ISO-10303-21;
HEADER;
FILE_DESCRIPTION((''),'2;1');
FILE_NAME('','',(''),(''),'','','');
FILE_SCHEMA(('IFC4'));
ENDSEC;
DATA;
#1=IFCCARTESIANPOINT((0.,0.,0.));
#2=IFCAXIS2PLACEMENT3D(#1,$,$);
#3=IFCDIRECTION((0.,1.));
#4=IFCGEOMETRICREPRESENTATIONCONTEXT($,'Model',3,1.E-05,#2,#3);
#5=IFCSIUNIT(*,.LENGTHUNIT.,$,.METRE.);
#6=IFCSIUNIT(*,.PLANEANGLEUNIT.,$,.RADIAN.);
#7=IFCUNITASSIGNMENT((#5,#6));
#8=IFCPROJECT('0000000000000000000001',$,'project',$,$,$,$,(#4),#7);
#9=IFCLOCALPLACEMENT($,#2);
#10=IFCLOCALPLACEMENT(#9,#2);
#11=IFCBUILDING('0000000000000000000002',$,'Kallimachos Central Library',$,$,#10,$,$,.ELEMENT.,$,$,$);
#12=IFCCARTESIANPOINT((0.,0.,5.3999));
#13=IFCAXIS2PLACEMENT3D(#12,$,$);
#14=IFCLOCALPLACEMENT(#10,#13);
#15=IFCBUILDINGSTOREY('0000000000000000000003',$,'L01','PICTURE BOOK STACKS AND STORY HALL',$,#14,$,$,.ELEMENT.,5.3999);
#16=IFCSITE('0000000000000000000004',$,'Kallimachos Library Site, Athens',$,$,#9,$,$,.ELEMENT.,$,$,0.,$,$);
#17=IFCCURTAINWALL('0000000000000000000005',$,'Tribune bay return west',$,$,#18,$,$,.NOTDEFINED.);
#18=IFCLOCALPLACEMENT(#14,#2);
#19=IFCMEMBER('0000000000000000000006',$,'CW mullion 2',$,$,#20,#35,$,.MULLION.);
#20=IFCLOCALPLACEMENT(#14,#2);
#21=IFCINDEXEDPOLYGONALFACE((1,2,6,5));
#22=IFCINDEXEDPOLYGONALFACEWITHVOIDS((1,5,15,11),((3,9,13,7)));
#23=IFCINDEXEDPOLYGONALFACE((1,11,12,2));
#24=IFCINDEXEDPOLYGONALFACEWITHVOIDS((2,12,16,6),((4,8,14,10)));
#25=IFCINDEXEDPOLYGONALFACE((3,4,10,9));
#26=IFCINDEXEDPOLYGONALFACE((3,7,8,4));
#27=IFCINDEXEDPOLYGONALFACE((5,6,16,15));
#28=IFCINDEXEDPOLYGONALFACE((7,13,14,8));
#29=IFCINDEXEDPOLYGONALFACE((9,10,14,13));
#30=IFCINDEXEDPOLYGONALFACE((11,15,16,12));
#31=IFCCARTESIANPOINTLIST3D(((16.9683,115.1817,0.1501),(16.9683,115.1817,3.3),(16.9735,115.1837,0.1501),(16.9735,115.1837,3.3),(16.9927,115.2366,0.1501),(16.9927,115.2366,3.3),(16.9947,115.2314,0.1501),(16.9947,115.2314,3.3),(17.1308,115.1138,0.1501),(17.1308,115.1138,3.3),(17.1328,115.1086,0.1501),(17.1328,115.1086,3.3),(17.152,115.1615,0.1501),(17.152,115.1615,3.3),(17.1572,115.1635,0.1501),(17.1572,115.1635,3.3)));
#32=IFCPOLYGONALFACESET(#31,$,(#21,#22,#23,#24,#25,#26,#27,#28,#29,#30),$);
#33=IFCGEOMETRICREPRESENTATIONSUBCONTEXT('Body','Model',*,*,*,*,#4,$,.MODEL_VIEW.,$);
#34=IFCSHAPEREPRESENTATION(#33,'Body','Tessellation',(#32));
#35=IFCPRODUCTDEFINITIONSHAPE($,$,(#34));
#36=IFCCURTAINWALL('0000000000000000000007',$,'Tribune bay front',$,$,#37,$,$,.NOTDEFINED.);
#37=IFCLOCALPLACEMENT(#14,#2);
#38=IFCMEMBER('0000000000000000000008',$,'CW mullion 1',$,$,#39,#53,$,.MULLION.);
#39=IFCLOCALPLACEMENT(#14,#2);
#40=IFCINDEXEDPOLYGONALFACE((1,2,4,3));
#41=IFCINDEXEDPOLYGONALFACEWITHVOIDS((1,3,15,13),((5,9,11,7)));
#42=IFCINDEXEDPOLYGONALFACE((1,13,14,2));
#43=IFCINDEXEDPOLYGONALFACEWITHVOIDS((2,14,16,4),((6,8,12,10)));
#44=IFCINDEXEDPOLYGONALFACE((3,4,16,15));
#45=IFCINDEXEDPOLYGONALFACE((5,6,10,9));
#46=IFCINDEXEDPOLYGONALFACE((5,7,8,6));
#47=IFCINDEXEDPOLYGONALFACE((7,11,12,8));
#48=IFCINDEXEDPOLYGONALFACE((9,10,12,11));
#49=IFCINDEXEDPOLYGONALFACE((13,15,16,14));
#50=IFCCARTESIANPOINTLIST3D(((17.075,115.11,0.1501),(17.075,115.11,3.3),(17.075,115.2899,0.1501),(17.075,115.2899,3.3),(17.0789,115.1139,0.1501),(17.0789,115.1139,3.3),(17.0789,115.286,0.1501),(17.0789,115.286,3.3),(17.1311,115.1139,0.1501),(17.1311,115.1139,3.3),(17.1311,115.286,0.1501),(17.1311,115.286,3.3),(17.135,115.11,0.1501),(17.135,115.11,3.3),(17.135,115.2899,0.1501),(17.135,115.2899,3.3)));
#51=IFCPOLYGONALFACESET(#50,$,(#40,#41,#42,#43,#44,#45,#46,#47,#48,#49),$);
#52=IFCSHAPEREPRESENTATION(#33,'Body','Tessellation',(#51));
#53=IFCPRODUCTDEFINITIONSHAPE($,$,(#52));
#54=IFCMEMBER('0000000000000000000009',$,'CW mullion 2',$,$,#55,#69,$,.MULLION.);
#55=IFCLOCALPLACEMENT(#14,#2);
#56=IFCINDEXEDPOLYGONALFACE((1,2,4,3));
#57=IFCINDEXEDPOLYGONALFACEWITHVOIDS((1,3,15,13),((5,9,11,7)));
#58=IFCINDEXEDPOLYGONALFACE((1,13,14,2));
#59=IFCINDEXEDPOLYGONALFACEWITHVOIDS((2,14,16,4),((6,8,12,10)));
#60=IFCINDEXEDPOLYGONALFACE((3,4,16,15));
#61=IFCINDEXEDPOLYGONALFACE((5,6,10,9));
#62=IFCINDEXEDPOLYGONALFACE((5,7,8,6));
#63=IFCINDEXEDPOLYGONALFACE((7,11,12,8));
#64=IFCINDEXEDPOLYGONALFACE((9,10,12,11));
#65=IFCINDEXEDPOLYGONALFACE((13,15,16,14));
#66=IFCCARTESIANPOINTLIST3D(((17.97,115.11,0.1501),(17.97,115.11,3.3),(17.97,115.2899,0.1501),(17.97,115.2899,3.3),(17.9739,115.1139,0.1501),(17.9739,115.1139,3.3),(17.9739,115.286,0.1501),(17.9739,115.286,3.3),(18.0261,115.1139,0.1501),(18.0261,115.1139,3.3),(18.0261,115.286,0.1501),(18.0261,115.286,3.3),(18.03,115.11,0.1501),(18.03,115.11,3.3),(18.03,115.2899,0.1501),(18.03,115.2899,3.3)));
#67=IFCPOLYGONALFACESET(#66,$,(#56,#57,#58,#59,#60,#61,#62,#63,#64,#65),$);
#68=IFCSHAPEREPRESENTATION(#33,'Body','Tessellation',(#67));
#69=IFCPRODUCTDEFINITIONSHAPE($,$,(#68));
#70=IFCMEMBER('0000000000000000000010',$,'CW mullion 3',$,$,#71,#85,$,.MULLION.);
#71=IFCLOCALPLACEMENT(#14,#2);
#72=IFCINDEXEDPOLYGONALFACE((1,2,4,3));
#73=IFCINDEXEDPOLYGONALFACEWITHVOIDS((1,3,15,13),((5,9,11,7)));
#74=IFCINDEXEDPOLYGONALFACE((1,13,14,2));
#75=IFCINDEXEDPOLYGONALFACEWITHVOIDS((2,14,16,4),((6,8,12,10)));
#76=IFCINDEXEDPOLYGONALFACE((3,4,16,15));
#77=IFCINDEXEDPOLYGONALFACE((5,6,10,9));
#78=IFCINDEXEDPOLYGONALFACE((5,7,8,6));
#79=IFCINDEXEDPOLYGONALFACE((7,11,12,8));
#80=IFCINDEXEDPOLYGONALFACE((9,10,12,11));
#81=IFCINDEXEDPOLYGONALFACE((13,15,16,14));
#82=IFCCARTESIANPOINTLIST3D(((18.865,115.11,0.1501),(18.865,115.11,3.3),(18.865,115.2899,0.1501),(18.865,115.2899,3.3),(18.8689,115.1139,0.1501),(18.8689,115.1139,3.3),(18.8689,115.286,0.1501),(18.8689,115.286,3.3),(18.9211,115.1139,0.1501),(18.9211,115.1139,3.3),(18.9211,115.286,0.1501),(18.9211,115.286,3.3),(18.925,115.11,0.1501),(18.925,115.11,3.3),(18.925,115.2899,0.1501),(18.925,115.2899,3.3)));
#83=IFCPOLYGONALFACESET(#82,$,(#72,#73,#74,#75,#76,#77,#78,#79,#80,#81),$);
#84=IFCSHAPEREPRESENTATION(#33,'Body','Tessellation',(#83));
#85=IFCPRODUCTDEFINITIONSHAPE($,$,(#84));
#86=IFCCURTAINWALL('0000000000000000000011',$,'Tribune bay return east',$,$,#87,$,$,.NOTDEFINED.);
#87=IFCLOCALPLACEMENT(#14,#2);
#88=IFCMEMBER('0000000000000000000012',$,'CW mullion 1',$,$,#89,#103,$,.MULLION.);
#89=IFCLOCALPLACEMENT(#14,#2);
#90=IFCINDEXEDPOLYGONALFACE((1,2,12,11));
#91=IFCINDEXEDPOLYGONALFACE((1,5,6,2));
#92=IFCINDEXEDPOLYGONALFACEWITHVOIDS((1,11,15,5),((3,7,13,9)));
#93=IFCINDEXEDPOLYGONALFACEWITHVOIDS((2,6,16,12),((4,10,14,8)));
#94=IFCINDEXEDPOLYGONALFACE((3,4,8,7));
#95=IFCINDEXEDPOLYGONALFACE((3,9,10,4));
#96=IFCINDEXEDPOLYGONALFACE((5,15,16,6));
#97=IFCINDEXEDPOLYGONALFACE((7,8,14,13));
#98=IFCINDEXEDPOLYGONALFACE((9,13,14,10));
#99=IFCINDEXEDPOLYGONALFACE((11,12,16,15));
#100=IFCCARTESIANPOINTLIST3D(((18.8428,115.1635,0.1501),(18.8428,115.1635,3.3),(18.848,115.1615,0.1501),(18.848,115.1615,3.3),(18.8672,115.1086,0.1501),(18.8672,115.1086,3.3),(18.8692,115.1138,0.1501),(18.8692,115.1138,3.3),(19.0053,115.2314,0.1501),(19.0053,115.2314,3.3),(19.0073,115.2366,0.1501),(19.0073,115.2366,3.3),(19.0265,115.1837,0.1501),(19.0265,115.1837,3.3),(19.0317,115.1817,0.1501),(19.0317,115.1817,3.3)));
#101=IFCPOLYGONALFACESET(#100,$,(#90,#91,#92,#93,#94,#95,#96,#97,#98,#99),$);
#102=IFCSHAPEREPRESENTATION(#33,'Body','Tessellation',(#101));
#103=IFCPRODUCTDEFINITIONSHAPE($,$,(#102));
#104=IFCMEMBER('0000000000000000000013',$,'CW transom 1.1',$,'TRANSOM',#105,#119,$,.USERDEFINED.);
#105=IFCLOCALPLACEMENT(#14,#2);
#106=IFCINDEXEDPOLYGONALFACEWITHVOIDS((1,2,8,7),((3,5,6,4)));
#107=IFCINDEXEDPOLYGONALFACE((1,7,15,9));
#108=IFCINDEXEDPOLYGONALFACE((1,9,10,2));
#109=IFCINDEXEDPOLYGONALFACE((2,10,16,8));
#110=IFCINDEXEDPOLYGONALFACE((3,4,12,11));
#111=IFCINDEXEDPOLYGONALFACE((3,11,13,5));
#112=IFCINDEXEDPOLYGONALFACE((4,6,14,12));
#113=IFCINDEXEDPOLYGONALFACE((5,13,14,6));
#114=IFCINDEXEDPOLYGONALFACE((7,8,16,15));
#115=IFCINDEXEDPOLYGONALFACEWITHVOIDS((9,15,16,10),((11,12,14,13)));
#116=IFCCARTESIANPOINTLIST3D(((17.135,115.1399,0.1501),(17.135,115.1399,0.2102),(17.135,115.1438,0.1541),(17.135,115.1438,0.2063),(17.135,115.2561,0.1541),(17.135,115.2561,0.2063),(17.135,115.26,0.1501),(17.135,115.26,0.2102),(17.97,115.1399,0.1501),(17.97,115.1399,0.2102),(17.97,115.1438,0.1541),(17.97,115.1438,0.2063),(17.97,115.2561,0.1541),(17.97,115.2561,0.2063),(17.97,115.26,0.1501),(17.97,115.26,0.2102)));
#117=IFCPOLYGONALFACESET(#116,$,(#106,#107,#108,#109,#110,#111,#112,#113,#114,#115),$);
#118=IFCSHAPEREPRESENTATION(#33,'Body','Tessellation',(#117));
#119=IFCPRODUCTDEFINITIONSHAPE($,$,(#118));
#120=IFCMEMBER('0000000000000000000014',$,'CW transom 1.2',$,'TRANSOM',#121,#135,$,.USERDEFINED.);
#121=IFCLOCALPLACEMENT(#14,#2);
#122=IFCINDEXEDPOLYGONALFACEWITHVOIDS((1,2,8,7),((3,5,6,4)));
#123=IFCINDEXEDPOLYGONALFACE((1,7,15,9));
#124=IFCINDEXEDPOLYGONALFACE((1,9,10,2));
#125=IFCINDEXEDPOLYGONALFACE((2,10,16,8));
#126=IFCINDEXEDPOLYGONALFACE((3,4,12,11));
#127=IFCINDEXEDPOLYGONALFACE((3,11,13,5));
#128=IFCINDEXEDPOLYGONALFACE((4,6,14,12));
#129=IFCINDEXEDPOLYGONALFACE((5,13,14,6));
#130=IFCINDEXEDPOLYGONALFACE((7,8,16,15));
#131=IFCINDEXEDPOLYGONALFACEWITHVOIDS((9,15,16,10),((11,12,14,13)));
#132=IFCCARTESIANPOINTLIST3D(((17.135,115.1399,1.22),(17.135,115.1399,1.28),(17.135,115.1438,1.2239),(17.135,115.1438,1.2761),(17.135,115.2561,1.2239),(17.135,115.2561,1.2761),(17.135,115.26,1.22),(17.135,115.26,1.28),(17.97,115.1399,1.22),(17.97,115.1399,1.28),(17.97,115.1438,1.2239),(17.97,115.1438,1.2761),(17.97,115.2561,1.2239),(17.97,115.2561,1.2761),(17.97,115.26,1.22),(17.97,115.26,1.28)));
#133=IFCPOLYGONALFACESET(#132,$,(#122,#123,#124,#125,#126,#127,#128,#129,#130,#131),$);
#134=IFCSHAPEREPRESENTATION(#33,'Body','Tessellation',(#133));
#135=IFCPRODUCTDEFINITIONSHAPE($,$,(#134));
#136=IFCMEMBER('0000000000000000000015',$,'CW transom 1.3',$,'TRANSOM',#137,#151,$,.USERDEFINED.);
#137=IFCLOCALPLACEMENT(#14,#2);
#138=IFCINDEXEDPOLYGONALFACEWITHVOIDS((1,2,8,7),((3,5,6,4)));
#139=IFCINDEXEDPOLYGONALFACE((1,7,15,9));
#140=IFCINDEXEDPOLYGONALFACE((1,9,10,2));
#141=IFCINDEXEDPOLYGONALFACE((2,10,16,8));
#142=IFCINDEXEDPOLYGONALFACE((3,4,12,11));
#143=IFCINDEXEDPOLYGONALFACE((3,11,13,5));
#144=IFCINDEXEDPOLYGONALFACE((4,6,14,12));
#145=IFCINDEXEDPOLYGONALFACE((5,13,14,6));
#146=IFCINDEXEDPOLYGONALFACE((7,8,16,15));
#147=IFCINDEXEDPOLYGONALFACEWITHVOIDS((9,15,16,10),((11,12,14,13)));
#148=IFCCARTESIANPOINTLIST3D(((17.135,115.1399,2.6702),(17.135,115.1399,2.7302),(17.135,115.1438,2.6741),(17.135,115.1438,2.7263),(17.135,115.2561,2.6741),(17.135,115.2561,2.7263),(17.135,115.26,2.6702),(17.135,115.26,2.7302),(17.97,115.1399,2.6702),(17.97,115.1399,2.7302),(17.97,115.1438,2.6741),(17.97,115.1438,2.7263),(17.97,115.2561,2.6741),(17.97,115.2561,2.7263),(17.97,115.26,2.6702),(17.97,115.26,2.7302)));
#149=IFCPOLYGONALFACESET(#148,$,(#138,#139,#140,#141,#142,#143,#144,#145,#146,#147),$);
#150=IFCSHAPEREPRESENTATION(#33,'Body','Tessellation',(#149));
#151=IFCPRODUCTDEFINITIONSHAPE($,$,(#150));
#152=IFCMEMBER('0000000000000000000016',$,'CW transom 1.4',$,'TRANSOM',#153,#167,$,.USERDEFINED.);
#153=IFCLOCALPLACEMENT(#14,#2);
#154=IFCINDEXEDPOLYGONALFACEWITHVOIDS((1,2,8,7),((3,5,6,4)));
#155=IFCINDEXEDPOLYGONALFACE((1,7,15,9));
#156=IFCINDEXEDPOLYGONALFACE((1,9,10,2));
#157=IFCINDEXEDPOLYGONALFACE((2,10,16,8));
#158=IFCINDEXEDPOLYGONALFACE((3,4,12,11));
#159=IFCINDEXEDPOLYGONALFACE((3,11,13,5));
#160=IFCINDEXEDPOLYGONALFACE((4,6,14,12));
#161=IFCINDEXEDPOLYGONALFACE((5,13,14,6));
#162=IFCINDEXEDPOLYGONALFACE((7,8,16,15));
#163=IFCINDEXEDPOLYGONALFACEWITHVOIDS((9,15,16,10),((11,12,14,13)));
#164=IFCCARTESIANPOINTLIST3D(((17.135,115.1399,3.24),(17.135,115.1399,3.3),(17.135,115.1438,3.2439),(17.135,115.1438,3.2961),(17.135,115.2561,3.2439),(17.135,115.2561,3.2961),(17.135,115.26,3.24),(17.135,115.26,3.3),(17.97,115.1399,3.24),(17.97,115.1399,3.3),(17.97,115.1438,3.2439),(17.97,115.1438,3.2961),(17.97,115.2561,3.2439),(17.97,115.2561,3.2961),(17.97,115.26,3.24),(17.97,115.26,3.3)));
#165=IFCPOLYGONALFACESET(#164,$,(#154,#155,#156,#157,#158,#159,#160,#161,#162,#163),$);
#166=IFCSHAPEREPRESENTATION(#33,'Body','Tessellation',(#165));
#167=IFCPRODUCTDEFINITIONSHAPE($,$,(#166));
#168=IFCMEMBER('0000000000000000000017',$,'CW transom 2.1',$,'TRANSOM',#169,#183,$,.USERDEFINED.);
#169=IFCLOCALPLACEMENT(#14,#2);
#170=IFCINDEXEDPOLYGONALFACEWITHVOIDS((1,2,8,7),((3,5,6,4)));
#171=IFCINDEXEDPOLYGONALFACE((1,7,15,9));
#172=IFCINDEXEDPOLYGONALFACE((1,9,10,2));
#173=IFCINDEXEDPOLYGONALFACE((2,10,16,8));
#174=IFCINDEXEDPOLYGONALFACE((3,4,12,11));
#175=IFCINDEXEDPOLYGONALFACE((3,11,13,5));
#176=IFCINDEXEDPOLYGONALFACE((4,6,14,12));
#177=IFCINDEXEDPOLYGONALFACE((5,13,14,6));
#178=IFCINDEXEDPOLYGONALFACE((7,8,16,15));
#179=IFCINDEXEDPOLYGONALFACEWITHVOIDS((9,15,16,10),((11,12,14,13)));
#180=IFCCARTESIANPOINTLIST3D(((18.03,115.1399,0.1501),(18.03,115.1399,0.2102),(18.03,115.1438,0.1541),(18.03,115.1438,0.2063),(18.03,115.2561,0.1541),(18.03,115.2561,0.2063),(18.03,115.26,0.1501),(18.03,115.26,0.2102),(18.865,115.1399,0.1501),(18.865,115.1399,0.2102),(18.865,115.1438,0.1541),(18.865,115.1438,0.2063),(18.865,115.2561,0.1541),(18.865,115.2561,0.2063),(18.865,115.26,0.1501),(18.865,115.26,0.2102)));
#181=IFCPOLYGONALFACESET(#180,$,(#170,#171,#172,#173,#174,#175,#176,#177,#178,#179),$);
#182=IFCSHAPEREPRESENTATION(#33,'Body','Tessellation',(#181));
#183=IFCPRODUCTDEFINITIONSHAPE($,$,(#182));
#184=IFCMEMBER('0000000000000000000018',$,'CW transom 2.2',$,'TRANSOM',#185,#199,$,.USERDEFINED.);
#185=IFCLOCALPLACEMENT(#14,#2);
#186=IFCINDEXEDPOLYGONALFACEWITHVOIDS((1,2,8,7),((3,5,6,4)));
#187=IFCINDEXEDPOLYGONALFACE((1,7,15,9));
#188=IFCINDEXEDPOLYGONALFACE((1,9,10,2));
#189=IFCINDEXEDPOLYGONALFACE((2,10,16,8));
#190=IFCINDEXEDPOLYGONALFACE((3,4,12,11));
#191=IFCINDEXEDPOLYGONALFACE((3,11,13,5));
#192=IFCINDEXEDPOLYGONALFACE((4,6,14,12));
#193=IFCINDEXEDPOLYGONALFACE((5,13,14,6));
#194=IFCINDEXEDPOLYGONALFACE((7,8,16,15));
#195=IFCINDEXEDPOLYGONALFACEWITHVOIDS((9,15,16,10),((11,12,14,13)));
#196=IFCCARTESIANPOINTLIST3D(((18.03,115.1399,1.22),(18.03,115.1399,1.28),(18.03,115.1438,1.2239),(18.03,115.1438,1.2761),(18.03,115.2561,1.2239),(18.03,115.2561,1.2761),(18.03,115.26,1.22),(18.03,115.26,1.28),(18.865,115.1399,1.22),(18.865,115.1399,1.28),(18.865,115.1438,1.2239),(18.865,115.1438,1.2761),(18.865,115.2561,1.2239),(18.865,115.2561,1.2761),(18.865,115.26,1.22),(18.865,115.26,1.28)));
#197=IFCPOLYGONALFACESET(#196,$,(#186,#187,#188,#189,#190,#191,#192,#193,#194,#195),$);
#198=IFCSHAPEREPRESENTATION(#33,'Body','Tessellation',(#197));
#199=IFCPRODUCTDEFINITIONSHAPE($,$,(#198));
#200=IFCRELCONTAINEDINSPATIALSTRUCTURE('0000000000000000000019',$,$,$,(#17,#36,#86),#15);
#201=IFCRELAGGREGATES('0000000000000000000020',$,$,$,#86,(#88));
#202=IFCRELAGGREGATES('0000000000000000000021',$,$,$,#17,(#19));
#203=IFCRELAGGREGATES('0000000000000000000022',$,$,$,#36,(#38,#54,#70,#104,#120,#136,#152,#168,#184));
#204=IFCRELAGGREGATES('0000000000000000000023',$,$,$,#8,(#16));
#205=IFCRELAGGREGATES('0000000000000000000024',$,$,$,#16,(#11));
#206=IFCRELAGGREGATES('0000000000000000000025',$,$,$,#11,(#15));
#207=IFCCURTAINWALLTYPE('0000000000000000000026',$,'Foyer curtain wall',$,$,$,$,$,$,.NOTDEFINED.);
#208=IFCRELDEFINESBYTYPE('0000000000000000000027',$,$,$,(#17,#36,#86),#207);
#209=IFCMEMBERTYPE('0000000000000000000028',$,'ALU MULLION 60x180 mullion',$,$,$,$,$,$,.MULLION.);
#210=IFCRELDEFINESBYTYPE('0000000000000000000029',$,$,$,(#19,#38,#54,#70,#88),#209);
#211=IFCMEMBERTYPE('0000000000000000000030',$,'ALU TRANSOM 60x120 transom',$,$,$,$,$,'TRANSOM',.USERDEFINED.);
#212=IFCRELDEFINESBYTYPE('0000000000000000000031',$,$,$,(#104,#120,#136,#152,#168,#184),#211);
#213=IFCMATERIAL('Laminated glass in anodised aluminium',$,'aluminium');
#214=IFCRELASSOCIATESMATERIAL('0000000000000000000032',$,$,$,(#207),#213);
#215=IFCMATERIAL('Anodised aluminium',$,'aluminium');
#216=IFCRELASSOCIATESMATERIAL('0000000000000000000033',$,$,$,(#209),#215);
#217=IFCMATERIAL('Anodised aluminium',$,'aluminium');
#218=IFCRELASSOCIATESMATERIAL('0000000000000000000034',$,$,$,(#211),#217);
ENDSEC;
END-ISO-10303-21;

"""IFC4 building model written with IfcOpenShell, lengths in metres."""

from ifc_helpers import new_model, si_unit, direction, frame, origin, origin_2d, place, context, subcontext, project, spatial, hollow_rectangle, extrude, material, material_profile, profile_set, type_object, element, aggregate, save


model = new_model("IFC4")

# Units and contexts
model_context = context("Model", 3, precision=1e-05, world=origin(), true_north=direction((0.0, 1.0)))
body_context = subcontext(model_context, "Body", "Model", "MODEL_VIEW")
ifc_project = project(units=[si_unit("LENGTHUNIT", "METRE"), si_unit("PLANEANGLEUNIT", "RADIAN")], contexts=[model_context])

# Site, building, storey
site_placement = place(None, origin())
site = spatial("IfcSite", under=ifc_project, at=site_placement, Name="Kallimachos Library Site, Athens", CompositionType="ELEMENT", RefElevation=0.0)
building_placement = place(site_placement, origin())
building = spatial("IfcBuilding", under=site, at=building_placement, Name="Kallimachos Central Library", CompositionType="ELEMENT")
storey_placement = place(building_placement, frame((0.0, 0.0, 5.3999)))
storey = spatial("IfcBuildingStorey", under=building, at=storey_placement, Name="L01", Description="PICTURE BOOK STACKS AND STORY HALL", CompositionType="ELEMENT", Elevation=5.3999)

# Curtain wall, member
ifc_material_1 = material(Name="Laminated glass in anodised aluminium", Category="aluminium")
curtain_wall_type = type_object("IfcCurtainWallType", Name="Foyer curtain wall", PredefinedType="NOTDEFINED", material=ifc_material_1)
curtain_wall_1_placement = place(storey_placement, origin())
curtain_wall_1 = element("IfcCurtainWall", 1, at=curtain_wall_1_placement, inside=storey, type_object=curtain_wall_type, Name="Tribune bay return west", PredefinedType="NOTDEFINED")
ifc_material_2 = material(Name="Anodised aluminium", Category="aluminium")
ifc_material_profile_1 = material_profile(ifc_material_2, hollow_rectangle(XDim=0.0601, YDim=0.1799, WallThickness=0.0039, at=origin_2d()), Name="ALU MULLION 60x180")
ifc_profile_set_1 = profile_set([ifc_material_profile_1], Name="Anodised aluminium")
member_type_1 = type_object("IfcMemberType", Name="ALU MULLION 60x180 mullion", PredefinedType="MULLION", material=ifc_profile_set_1)
member_1_placement = place(storey_placement, frame((17.0627, 115.1726, 0.1501), z_axis=(0.0, 0.0, 1.0), x_axis=(0.406138, 0.913812, 0.0)))
member_1 = element("IfcMember", 2, at=member_1_placement, type_object=member_type_1, Name="CW mullion 2", PredefinedType="MULLION", context=body_context, shape_type="SweptSolid", body=[
    extrude(hollow_rectangle(XDim=0.0601, YDim=0.1799, WallThickness=0.0039, at=origin_2d()), origin(), (0.0, 0.0, 1.0), 3.1499),
])

# Curtain wall, members
curtain_wall_2_placement = place(storey_placement, origin())
curtain_wall_2 = element("IfcCurtainWall", 3, at=curtain_wall_2_placement, inside=storey, type_object=curtain_wall_type, Name="Tribune bay front", PredefinedType="NOTDEFINED")
member_2_placement = place(storey_placement, frame((17.105, 115.2, 0.1501), z_axis=(0.0, 0.0, 1.0), x_axis=(1.0, 0.0, 0.0)))
member_2 = element("IfcMember", 4, at=member_2_placement, type_object=member_type_1, Name="CW mullion 1", PredefinedType="MULLION", context=body_context, shape_type="SweptSolid", body=[
    extrude(hollow_rectangle(XDim=0.0601, YDim=0.1799, WallThickness=0.0039, at=origin_2d()), origin(), (0.0, 0.0, 1.0), 3.1499),
])
member_3_placement = place(storey_placement, frame((18.0, 115.2, 0.1501), z_axis=(0.0, 0.0, 1.0), x_axis=(1.0, 0.0, 0.0)))
member_3 = element("IfcMember", 5, at=member_3_placement, type_object=member_type_1, Name="CW mullion 2", PredefinedType="MULLION", context=body_context, shape_type="SweptSolid", body=[
    extrude(hollow_rectangle(XDim=0.0601, YDim=0.1799, WallThickness=0.0039, at=origin_2d()), origin(), (0.0, 0.0, 1.0), 3.1499),
])
member_4_placement = place(storey_placement, frame((18.895, 115.2, 0.1501), z_axis=(0.0, 0.0, 1.0), x_axis=(1.0, 0.0, 0.0)))
member_4 = element("IfcMember", 6, at=member_4_placement, type_object=member_type_1, Name="CW mullion 3", PredefinedType="MULLION", context=body_context, shape_type="SweptSolid", body=[
    extrude(hollow_rectangle(XDim=0.0601, YDim=0.1799, WallThickness=0.0039, at=origin_2d()), origin(), (0.0, 0.0, 1.0), 3.1499),
])

# Curtain wall, member
curtain_wall_3_placement = place(storey_placement, origin())
curtain_wall_3 = element("IfcCurtainWall", 7, at=curtain_wall_3_placement, inside=storey, type_object=curtain_wall_type, Name="Tribune bay return east", PredefinedType="NOTDEFINED")
member_5_placement = place(storey_placement, frame((18.9373, 115.1726, 0.1501), z_axis=(0.0, 0.0, 1.0), x_axis=(0.406138, -0.913812, 0.0)))
member_5 = element("IfcMember", 8, at=member_5_placement, type_object=member_type_1, Name="CW mullion 1", PredefinedType="MULLION", context=body_context, shape_type="SweptSolid", body=[
    extrude(hollow_rectangle(XDim=0.0601, YDim=0.1799, WallThickness=0.0039, at=origin_2d()), origin(), (0.0, 0.0, 1.0), 3.1499),
])
aggregate(curtain_wall_3, [member_5])

# Members
ifc_material_3 = material(Name="Anodised aluminium", Category="aluminium")
ifc_material_profile_2 = material_profile(ifc_material_3, hollow_rectangle(XDim=0.0601, YDim=0.1201, WallThickness=0.0039, at=origin_2d()), Name="ALU TRANSOM 60x120")
ifc_profile_set_2 = profile_set([ifc_material_profile_2], Name="Anodised aluminium")
member_type_2 = type_object("IfcMemberType", Name="ALU TRANSOM 60x120 transom", ElementType="TRANSOM", PredefinedType="USERDEFINED", material=ifc_profile_set_2)
member_6_placement = place(storey_placement, frame((17.135, 115.2, 0.1802), z_axis=(1.0, 0.0, 0.0), x_axis=(0.0, 0.0, 1.0)))
member_6 = element("IfcMember", 9, at=member_6_placement, type_object=member_type_2, Name="CW transom 1.1", ObjectType="TRANSOM", PredefinedType="USERDEFINED", context=body_context, shape_type="SweptSolid", body=[
    extrude(hollow_rectangle(XDim=0.0601, YDim=0.1201, WallThickness=0.0039, at=origin_2d()), origin(), (0.0, 0.0, 1.0), 0.835),
])
member_7_placement = place(storey_placement, frame((17.135, 115.2, 1.25), z_axis=(1.0, 0.0, 0.0), x_axis=(0.0, 0.0, 1.0)))
member_7 = element("IfcMember", 10, at=member_7_placement, type_object=member_type_2, Name="CW transom 1.2", ObjectType="TRANSOM", PredefinedType="USERDEFINED", context=body_context, shape_type="SweptSolid", body=[
    extrude(hollow_rectangle(XDim=0.0601, YDim=0.1201, WallThickness=0.0039, at=origin_2d()), origin(), (0.0, 0.0, 1.0), 0.835),
])
member_8_placement = place(storey_placement, frame((17.135, 115.2, 2.7002), z_axis=(1.0, 0.0, 0.0), x_axis=(0.0, 0.0, 1.0)))
member_8 = element("IfcMember", 11, at=member_8_placement, type_object=member_type_2, Name="CW transom 1.3", ObjectType="TRANSOM", PredefinedType="USERDEFINED", context=body_context, shape_type="SweptSolid", body=[
    extrude(hollow_rectangle(XDim=0.0601, YDim=0.1201, WallThickness=0.0039, at=origin_2d()), origin(), (0.0, 0.0, 1.0), 0.835),
])
member_9_placement = place(storey_placement, frame((17.135, 115.2, 3.27), z_axis=(1.0, 0.0, 0.0), x_axis=(0.0, 0.0, 1.0)))
member_9 = element("IfcMember", 12, at=member_9_placement, type_object=member_type_2, Name="CW transom 1.4", ObjectType="TRANSOM", PredefinedType="USERDEFINED", context=body_context, shape_type="SweptSolid", body=[
    extrude(hollow_rectangle(XDim=0.0601, YDim=0.1201, WallThickness=0.0039, at=origin_2d()), origin(), (0.0, 0.0, 1.0), 0.835),
])
member_10_placement = place(storey_placement, frame((18.03, 115.2, 0.1802), z_axis=(1.0, 0.0, 0.0), x_axis=(0.0, 0.0, 1.0)))
member_10 = element("IfcMember", 13, at=member_10_placement, type_object=member_type_2, Name="CW transom 2.1", ObjectType="TRANSOM", PredefinedType="USERDEFINED", context=body_context, shape_type="SweptSolid", body=[
    extrude(hollow_rectangle(XDim=0.0601, YDim=0.1201, WallThickness=0.0039, at=origin_2d()), origin(), (0.0, 0.0, 1.0), 0.835),
])
member_11_placement = place(storey_placement, frame((18.03, 115.2, 1.25), z_axis=(1.0, 0.0, 0.0), x_axis=(0.0, 0.0, 1.0)))
member_11 = element("IfcMember", 14, at=member_11_placement, type_object=member_type_2, Name="CW transom 2.2", ObjectType="TRANSOM", PredefinedType="USERDEFINED", context=body_context, shape_type="SweptSolid", body=[
    extrude(hollow_rectangle(XDim=0.0601, YDim=0.1201, WallThickness=0.0039, at=origin_2d()), origin(), (0.0, 0.0, 1.0), 0.835),
])

aggregate(curtain_wall_1, [member_1])
aggregate(curtain_wall_2, [member_2, member_3, member_4, member_6, member_7, member_8, member_9, member_10, member_11])

save(model, "model.ifc")
